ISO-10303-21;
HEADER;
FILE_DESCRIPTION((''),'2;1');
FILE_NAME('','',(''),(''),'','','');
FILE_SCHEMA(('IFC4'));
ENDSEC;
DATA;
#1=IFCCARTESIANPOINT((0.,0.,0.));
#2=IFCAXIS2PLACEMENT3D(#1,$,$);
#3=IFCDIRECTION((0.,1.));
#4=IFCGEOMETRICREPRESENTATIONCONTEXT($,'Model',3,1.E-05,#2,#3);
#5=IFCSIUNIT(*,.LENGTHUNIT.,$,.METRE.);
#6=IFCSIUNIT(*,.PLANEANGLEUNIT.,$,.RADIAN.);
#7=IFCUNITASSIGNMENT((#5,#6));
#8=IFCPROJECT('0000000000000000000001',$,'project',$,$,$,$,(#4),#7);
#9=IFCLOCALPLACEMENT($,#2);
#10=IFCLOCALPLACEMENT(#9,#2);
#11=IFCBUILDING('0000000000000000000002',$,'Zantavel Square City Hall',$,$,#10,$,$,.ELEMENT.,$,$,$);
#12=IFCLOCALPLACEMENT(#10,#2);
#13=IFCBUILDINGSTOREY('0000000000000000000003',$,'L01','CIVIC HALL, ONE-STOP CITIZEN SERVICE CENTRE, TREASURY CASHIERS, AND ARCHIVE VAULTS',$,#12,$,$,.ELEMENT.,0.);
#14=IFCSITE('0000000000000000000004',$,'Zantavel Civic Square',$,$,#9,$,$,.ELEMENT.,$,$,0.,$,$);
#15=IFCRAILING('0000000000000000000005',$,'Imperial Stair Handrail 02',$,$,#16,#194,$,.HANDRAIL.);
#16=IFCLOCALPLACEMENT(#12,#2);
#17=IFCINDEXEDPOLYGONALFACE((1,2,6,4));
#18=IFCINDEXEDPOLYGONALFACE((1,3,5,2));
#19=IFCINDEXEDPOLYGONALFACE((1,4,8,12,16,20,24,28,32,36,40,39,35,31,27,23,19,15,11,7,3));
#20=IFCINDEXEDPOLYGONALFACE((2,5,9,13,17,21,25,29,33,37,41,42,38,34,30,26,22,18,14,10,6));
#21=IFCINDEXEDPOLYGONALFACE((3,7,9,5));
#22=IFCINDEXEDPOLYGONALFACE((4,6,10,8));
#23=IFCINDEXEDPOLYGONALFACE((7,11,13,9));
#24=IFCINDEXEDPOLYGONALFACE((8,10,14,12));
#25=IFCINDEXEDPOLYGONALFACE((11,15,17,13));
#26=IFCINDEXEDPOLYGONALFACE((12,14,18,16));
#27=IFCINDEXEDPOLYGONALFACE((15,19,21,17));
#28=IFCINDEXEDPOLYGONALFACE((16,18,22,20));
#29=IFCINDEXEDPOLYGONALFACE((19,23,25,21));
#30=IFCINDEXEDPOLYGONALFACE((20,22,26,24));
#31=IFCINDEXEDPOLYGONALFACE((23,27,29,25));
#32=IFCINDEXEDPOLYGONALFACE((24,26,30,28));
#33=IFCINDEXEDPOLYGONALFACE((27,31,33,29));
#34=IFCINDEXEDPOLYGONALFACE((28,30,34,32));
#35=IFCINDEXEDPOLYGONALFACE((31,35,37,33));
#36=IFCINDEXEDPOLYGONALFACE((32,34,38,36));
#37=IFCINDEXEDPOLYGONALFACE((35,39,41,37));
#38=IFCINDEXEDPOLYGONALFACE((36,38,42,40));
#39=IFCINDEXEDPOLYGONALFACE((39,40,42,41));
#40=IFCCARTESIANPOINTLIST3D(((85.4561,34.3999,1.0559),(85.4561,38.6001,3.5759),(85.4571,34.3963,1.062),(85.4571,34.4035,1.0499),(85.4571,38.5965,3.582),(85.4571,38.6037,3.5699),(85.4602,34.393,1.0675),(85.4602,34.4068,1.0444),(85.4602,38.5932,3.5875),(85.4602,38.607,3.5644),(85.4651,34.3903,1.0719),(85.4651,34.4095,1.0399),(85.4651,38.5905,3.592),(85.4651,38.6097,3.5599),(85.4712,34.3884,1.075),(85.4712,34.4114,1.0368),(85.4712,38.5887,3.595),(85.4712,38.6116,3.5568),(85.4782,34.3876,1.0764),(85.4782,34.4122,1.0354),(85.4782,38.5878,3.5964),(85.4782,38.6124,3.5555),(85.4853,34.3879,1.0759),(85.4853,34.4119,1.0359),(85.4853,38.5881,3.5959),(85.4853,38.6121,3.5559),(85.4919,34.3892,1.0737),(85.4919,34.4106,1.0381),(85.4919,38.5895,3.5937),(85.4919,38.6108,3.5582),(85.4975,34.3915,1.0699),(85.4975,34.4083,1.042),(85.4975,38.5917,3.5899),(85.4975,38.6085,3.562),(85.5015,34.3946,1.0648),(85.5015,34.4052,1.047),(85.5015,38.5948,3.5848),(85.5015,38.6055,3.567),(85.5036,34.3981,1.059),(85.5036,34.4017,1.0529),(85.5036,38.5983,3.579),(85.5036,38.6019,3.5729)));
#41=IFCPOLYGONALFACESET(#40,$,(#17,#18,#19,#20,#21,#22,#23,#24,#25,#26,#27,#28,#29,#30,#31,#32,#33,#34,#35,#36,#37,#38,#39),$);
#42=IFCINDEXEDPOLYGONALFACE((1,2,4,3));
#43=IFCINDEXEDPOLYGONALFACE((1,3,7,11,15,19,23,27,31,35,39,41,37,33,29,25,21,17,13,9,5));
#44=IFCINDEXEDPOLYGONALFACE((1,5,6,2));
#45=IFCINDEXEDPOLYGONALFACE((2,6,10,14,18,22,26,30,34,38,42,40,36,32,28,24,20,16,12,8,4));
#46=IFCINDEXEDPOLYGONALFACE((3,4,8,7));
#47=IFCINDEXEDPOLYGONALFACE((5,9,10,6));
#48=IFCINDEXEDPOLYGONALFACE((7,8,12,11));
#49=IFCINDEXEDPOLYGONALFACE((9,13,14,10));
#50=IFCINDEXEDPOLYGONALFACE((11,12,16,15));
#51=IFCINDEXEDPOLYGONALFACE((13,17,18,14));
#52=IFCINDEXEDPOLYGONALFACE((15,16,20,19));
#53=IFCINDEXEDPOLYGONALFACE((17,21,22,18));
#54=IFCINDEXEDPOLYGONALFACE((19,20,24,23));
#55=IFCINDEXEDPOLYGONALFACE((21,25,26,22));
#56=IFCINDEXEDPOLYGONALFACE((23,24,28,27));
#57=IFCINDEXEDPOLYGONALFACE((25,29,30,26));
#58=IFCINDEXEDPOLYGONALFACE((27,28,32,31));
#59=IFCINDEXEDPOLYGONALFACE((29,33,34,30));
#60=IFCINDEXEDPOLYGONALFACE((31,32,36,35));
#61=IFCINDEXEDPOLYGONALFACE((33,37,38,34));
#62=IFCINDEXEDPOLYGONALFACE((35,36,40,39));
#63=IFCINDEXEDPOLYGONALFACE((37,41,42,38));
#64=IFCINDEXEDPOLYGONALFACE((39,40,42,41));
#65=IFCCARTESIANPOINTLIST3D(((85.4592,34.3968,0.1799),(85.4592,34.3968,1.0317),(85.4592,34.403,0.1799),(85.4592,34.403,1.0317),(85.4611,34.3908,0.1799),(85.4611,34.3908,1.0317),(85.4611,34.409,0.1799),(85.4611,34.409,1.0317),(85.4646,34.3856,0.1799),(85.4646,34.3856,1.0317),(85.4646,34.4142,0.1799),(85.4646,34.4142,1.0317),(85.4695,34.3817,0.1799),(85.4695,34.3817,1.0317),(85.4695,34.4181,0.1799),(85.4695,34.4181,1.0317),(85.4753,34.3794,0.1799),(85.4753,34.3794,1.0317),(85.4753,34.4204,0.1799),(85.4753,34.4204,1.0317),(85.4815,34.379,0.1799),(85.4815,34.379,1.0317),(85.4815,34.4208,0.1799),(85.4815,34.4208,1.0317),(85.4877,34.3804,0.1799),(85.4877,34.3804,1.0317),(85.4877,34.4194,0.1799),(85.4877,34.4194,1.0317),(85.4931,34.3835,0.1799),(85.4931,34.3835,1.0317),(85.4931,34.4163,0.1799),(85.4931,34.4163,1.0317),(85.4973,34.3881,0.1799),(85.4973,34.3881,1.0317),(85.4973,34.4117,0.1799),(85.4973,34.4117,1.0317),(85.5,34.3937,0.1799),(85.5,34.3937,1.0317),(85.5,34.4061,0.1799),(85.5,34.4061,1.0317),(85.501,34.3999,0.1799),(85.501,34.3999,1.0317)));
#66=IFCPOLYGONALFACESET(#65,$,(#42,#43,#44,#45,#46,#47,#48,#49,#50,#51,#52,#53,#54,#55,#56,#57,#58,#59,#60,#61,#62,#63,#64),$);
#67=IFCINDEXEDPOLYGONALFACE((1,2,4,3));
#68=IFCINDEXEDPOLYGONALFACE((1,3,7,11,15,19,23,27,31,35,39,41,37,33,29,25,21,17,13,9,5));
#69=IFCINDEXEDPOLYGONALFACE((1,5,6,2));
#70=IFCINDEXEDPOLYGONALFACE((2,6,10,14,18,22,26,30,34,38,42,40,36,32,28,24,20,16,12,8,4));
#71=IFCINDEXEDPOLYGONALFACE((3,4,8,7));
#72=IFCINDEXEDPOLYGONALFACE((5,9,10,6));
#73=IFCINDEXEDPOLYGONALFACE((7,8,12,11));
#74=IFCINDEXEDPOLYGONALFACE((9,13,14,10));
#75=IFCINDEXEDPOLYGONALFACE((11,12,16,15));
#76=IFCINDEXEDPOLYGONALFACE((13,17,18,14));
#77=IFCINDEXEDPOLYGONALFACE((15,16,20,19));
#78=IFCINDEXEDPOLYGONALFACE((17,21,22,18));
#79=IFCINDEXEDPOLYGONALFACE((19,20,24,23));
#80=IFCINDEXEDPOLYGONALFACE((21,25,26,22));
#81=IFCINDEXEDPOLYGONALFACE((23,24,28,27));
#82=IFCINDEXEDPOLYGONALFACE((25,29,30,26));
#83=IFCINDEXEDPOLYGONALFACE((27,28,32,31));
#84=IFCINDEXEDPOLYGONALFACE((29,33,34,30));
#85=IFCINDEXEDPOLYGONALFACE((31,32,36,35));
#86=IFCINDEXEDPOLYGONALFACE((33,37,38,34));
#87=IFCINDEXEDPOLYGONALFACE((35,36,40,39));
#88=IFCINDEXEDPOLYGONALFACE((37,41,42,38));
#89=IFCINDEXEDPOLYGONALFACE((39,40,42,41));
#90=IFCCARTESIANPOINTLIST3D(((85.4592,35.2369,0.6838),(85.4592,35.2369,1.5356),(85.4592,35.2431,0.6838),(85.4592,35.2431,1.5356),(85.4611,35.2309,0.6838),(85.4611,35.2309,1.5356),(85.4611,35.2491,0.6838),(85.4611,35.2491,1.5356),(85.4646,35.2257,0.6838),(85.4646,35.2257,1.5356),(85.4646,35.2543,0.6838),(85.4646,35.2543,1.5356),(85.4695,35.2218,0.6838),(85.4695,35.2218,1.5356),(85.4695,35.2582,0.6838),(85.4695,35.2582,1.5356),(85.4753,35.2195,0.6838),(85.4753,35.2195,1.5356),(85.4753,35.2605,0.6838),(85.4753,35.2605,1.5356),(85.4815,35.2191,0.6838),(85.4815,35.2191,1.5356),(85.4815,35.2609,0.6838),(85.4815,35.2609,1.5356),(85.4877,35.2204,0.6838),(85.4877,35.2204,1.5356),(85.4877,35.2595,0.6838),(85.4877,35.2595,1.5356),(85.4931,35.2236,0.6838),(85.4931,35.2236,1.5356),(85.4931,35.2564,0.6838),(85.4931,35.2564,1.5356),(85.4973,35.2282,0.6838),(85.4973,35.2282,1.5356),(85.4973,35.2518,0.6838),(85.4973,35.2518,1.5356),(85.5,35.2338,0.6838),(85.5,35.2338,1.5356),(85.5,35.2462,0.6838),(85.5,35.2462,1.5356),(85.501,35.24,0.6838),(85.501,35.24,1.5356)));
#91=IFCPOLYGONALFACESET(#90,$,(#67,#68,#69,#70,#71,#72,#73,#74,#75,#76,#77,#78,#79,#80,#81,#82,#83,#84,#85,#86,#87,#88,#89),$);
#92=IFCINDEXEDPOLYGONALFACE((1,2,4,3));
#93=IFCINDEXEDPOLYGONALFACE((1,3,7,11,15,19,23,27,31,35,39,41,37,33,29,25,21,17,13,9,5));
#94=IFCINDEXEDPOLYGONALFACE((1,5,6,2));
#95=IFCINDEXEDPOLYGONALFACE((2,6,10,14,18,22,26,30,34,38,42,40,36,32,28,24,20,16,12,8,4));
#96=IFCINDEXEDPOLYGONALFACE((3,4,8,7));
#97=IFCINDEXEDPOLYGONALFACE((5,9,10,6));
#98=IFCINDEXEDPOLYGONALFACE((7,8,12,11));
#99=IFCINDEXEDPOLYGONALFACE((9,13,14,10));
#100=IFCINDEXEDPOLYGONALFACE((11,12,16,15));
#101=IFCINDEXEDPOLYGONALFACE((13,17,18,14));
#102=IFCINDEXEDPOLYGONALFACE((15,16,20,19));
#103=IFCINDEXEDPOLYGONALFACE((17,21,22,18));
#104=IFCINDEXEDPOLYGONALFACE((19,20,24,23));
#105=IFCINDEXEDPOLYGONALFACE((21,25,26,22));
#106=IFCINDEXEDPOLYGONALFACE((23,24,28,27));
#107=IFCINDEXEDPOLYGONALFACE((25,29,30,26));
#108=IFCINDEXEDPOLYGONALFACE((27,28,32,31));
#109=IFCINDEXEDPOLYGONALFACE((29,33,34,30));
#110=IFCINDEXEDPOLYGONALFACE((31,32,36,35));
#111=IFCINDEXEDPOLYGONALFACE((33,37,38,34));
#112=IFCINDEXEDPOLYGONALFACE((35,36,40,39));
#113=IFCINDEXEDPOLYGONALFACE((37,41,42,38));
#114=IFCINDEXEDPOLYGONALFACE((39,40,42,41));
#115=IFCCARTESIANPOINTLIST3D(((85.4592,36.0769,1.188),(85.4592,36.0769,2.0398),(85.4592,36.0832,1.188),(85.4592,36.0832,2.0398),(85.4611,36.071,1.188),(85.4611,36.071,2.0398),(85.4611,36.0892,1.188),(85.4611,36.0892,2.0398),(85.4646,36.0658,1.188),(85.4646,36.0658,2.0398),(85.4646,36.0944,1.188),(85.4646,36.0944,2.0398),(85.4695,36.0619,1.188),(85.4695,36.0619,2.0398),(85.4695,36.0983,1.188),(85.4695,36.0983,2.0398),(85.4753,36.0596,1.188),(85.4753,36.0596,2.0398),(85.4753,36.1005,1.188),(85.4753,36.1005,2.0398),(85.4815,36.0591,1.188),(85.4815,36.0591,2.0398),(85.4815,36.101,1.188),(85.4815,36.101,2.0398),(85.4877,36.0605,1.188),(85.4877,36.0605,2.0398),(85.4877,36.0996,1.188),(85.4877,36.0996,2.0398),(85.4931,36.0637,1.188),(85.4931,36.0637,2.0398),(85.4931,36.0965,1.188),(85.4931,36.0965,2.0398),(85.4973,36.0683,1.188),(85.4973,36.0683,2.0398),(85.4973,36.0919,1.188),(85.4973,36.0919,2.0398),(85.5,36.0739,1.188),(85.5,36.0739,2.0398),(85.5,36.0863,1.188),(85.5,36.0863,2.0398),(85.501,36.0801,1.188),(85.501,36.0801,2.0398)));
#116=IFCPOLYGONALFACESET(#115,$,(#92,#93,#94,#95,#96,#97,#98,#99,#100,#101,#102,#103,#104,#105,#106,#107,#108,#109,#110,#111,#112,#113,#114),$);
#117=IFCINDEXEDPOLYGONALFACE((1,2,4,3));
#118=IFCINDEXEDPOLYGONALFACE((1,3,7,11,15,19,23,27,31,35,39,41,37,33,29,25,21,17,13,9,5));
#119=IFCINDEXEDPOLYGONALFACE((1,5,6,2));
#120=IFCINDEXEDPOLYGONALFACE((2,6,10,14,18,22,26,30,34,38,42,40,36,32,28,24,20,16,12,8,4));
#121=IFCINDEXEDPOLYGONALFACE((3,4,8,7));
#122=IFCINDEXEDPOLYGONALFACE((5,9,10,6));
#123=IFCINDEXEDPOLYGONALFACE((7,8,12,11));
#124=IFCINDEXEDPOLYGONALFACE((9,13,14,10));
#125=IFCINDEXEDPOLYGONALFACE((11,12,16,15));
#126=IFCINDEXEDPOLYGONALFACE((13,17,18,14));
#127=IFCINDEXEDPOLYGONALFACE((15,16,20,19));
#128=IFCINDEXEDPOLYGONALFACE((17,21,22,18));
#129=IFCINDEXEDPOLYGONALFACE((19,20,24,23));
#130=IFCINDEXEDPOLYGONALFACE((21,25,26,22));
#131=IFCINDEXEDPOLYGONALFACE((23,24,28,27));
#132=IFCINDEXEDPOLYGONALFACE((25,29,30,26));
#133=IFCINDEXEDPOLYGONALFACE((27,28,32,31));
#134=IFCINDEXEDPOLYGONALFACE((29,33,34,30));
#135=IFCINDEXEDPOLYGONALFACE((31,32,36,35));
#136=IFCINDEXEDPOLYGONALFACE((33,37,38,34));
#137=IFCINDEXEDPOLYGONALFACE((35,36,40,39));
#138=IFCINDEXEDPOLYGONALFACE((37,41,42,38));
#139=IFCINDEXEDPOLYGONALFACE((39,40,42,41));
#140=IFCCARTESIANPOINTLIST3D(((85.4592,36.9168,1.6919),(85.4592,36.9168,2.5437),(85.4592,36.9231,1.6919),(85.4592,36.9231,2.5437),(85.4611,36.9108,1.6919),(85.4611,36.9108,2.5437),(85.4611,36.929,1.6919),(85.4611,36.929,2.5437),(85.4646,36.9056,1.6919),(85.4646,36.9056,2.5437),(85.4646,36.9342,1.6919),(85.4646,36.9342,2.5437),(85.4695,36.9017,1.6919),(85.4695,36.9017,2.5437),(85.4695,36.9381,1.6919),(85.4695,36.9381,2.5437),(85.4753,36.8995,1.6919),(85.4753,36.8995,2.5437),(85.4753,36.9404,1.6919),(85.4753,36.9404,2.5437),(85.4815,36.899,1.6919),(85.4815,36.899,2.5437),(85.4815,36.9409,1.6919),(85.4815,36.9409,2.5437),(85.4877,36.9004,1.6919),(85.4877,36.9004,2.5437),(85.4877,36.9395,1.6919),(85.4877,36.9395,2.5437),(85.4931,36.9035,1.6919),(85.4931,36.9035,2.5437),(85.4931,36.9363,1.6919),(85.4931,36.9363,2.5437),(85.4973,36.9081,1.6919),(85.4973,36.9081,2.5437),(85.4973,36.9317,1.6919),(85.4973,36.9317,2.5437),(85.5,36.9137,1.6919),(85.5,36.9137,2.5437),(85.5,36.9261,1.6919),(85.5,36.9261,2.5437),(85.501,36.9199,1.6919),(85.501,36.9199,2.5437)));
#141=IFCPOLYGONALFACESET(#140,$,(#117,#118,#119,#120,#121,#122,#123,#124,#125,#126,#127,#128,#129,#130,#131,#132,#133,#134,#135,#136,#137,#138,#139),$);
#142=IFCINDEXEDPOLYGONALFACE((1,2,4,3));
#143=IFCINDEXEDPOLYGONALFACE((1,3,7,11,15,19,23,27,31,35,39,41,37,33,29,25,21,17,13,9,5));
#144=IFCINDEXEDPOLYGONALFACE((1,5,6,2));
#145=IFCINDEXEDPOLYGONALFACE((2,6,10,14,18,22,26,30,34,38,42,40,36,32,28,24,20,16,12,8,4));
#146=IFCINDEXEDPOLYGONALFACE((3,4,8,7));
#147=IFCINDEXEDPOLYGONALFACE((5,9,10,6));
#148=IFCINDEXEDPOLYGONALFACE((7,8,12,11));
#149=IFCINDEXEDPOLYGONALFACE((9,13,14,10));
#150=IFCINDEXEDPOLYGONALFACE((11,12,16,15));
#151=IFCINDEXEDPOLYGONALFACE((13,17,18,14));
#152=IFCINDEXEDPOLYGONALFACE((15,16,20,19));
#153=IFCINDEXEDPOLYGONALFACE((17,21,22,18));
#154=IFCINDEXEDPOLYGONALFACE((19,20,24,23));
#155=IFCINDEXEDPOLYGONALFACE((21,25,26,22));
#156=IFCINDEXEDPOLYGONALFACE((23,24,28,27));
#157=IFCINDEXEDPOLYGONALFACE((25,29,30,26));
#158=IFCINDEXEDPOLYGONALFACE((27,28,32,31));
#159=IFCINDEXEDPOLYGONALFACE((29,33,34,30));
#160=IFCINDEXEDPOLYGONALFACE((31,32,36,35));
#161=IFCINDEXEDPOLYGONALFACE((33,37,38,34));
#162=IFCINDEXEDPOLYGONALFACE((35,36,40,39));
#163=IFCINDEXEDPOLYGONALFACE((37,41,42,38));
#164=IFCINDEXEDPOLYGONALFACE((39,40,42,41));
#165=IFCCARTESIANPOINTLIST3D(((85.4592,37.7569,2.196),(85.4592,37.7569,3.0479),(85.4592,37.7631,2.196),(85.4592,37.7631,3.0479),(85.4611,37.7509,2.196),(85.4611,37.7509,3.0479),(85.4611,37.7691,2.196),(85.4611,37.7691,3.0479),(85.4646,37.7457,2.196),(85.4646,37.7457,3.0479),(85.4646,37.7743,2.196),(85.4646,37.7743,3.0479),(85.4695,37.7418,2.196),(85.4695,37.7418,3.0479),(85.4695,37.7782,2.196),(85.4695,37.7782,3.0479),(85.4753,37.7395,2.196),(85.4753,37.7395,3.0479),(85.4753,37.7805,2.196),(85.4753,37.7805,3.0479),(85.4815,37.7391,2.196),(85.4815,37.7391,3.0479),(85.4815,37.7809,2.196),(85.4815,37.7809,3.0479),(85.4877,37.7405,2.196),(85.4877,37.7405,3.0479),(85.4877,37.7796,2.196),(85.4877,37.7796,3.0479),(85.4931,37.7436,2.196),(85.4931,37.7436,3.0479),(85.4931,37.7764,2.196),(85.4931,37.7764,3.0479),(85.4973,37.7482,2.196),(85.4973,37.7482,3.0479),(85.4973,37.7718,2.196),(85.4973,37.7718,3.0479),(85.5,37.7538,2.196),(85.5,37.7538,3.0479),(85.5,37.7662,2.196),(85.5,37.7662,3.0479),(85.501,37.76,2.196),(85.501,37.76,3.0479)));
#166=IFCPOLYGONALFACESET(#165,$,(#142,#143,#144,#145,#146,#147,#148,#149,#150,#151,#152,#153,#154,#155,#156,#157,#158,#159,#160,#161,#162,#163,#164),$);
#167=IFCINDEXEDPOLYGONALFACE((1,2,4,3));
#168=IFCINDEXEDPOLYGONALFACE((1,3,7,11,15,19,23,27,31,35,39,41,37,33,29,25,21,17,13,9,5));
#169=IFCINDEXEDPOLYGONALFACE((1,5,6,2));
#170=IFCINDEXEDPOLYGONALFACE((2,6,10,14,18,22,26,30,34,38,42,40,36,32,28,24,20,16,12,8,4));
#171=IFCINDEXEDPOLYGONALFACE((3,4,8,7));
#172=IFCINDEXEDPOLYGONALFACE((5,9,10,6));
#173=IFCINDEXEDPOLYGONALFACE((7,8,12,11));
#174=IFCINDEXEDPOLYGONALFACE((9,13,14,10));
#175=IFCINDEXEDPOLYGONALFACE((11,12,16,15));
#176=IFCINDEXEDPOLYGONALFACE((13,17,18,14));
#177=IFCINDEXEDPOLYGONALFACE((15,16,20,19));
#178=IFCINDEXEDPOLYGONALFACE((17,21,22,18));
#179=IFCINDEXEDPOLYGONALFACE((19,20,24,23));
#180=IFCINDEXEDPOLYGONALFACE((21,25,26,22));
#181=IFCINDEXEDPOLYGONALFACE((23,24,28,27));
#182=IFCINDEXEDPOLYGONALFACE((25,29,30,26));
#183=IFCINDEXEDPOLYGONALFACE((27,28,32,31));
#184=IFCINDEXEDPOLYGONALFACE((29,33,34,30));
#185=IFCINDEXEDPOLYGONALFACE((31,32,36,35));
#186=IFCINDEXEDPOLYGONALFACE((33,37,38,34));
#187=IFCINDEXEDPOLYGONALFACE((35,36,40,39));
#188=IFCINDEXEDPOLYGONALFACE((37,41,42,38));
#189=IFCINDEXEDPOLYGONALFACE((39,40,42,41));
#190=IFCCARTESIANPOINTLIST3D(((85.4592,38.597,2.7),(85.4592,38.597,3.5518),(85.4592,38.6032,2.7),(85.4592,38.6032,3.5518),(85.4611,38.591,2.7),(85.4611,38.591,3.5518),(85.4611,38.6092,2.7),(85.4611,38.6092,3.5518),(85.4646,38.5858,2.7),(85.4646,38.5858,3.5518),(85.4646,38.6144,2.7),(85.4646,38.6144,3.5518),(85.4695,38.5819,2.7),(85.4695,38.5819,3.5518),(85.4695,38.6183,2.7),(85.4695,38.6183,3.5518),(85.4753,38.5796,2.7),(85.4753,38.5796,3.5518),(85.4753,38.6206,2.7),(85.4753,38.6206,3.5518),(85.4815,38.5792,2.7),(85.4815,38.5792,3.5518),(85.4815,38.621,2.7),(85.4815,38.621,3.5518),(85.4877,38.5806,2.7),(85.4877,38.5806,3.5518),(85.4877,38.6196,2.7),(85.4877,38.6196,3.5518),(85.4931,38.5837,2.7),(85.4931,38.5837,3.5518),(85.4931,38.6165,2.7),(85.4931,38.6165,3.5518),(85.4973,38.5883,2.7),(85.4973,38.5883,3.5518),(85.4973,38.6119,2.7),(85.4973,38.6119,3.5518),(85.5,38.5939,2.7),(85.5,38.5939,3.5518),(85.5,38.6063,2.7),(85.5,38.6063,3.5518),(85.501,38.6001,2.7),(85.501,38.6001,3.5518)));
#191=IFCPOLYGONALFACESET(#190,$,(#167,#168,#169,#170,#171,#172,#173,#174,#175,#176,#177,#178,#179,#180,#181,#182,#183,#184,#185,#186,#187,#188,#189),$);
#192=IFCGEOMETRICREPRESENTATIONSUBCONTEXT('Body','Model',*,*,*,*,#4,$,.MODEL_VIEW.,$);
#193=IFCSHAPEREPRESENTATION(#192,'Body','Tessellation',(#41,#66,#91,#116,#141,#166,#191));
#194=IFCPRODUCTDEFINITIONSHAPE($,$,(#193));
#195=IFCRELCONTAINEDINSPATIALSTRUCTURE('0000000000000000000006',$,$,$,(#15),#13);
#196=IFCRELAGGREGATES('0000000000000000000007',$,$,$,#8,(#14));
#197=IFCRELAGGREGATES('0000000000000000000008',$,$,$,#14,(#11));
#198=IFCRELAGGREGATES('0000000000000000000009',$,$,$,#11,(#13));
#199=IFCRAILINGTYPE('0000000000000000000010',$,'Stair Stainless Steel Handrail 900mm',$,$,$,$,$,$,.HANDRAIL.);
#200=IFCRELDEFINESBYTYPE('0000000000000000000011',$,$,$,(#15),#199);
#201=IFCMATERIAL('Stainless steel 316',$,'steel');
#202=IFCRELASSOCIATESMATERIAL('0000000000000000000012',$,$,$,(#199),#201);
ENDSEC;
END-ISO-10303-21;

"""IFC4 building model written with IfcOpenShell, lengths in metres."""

from ifc_helpers import new_model, si_unit, direction, frame, origin, origin_2d, place, context, subcontext, project, spatial, circle, extrude, material, type_object, element, save


model = new_model("IFC4")

# Units and contexts
model_context = context("Model", 3, precision=1e-05, world=origin(), true_north=direction((0.0, 1.0)))
body_context = subcontext(model_context, "Body", "Model", "MODEL_VIEW")
ifc_project = project(units=[si_unit("LENGTHUNIT", "METRE"), si_unit("PLANEANGLEUNIT", "RADIAN")], contexts=[model_context])

# Site, building, storey
site_placement = place(None, origin())
site = spatial("IfcSite", under=ifc_project, at=site_placement, Name="Zantavel Civic Square", CompositionType="ELEMENT", RefElevation=0.0)
building_placement = place(site_placement, origin())
building = spatial("IfcBuilding", under=site, at=building_placement, Name="Zantavel Square City Hall", CompositionType="ELEMENT")
storey_placement = place(building_placement, origin())
storey = spatial("IfcBuildingStorey", under=building, at=storey_placement, Name="L01", Description="CIVIC HALL, ONE-STOP CITIZEN SERVICE CENTRE, TREASURY CASHIERS, AND ARCHIVE VAULTS", CompositionType="ELEMENT", Elevation=0.0)

# Railing
ifc_material_1 = material(Name="Stainless steel 316", Category="steel")
railing_type_1 = type_object("IfcRailingType", Name="Stair Stainless Steel Handrail 900mm", PredefinedType="HANDRAIL", material=ifc_material_1)
railing_1_placement = place(storey_placement, frame((85.48, 34.3999, 0.1799)))
element("IfcRailing", 1, at=railing_1_placement, inside=storey, type_object=railing_type_1, Name="Imperial Stair Handrail 02", PredefinedType="HANDRAIL", context=body_context, shape_type="SweptSolid", body=[
    extrude(circle(Radius=0.0239, at=origin_2d()), frame((0.0, 0.0, 0.876), z_axis=(0.0, 0.857502, 0.514481), x_axis=(-1.0, 0.0, 0.0)), (0.0, 0.0, 1.0), 4.8982),
    extrude(circle(Radius=0.021, at=origin_2d()), origin(), (0.0, 0.0, 1.0), 0.8518),
    extrude(circle(Radius=0.021, at=origin_2d()), frame((0.0, 0.8401, 0.5039)), (0.0, 0.0, 1.0), 0.8518),
    extrude(circle(Radius=0.021, at=origin_2d()), frame((0.0, 1.6802, 1.0081)), (0.0, 0.0, 1.0), 0.8518),
    extrude(circle(Radius=0.021, at=origin_2d()), frame((0.0, 2.52, 1.512)), (0.0, 0.0, 1.0), 0.8518),
    extrude(circle(Radius=0.021, at=origin_2d()), frame((0.0, 3.3601, 2.0161)), (0.0, 0.0, 1.0), 0.8518),
    extrude(circle(Radius=0.021, at=origin_2d()), frame((0.0, 4.2002, 2.52)), (0.0, 0.0, 1.0), 0.8518),
])

save(model, "model.ifc")
